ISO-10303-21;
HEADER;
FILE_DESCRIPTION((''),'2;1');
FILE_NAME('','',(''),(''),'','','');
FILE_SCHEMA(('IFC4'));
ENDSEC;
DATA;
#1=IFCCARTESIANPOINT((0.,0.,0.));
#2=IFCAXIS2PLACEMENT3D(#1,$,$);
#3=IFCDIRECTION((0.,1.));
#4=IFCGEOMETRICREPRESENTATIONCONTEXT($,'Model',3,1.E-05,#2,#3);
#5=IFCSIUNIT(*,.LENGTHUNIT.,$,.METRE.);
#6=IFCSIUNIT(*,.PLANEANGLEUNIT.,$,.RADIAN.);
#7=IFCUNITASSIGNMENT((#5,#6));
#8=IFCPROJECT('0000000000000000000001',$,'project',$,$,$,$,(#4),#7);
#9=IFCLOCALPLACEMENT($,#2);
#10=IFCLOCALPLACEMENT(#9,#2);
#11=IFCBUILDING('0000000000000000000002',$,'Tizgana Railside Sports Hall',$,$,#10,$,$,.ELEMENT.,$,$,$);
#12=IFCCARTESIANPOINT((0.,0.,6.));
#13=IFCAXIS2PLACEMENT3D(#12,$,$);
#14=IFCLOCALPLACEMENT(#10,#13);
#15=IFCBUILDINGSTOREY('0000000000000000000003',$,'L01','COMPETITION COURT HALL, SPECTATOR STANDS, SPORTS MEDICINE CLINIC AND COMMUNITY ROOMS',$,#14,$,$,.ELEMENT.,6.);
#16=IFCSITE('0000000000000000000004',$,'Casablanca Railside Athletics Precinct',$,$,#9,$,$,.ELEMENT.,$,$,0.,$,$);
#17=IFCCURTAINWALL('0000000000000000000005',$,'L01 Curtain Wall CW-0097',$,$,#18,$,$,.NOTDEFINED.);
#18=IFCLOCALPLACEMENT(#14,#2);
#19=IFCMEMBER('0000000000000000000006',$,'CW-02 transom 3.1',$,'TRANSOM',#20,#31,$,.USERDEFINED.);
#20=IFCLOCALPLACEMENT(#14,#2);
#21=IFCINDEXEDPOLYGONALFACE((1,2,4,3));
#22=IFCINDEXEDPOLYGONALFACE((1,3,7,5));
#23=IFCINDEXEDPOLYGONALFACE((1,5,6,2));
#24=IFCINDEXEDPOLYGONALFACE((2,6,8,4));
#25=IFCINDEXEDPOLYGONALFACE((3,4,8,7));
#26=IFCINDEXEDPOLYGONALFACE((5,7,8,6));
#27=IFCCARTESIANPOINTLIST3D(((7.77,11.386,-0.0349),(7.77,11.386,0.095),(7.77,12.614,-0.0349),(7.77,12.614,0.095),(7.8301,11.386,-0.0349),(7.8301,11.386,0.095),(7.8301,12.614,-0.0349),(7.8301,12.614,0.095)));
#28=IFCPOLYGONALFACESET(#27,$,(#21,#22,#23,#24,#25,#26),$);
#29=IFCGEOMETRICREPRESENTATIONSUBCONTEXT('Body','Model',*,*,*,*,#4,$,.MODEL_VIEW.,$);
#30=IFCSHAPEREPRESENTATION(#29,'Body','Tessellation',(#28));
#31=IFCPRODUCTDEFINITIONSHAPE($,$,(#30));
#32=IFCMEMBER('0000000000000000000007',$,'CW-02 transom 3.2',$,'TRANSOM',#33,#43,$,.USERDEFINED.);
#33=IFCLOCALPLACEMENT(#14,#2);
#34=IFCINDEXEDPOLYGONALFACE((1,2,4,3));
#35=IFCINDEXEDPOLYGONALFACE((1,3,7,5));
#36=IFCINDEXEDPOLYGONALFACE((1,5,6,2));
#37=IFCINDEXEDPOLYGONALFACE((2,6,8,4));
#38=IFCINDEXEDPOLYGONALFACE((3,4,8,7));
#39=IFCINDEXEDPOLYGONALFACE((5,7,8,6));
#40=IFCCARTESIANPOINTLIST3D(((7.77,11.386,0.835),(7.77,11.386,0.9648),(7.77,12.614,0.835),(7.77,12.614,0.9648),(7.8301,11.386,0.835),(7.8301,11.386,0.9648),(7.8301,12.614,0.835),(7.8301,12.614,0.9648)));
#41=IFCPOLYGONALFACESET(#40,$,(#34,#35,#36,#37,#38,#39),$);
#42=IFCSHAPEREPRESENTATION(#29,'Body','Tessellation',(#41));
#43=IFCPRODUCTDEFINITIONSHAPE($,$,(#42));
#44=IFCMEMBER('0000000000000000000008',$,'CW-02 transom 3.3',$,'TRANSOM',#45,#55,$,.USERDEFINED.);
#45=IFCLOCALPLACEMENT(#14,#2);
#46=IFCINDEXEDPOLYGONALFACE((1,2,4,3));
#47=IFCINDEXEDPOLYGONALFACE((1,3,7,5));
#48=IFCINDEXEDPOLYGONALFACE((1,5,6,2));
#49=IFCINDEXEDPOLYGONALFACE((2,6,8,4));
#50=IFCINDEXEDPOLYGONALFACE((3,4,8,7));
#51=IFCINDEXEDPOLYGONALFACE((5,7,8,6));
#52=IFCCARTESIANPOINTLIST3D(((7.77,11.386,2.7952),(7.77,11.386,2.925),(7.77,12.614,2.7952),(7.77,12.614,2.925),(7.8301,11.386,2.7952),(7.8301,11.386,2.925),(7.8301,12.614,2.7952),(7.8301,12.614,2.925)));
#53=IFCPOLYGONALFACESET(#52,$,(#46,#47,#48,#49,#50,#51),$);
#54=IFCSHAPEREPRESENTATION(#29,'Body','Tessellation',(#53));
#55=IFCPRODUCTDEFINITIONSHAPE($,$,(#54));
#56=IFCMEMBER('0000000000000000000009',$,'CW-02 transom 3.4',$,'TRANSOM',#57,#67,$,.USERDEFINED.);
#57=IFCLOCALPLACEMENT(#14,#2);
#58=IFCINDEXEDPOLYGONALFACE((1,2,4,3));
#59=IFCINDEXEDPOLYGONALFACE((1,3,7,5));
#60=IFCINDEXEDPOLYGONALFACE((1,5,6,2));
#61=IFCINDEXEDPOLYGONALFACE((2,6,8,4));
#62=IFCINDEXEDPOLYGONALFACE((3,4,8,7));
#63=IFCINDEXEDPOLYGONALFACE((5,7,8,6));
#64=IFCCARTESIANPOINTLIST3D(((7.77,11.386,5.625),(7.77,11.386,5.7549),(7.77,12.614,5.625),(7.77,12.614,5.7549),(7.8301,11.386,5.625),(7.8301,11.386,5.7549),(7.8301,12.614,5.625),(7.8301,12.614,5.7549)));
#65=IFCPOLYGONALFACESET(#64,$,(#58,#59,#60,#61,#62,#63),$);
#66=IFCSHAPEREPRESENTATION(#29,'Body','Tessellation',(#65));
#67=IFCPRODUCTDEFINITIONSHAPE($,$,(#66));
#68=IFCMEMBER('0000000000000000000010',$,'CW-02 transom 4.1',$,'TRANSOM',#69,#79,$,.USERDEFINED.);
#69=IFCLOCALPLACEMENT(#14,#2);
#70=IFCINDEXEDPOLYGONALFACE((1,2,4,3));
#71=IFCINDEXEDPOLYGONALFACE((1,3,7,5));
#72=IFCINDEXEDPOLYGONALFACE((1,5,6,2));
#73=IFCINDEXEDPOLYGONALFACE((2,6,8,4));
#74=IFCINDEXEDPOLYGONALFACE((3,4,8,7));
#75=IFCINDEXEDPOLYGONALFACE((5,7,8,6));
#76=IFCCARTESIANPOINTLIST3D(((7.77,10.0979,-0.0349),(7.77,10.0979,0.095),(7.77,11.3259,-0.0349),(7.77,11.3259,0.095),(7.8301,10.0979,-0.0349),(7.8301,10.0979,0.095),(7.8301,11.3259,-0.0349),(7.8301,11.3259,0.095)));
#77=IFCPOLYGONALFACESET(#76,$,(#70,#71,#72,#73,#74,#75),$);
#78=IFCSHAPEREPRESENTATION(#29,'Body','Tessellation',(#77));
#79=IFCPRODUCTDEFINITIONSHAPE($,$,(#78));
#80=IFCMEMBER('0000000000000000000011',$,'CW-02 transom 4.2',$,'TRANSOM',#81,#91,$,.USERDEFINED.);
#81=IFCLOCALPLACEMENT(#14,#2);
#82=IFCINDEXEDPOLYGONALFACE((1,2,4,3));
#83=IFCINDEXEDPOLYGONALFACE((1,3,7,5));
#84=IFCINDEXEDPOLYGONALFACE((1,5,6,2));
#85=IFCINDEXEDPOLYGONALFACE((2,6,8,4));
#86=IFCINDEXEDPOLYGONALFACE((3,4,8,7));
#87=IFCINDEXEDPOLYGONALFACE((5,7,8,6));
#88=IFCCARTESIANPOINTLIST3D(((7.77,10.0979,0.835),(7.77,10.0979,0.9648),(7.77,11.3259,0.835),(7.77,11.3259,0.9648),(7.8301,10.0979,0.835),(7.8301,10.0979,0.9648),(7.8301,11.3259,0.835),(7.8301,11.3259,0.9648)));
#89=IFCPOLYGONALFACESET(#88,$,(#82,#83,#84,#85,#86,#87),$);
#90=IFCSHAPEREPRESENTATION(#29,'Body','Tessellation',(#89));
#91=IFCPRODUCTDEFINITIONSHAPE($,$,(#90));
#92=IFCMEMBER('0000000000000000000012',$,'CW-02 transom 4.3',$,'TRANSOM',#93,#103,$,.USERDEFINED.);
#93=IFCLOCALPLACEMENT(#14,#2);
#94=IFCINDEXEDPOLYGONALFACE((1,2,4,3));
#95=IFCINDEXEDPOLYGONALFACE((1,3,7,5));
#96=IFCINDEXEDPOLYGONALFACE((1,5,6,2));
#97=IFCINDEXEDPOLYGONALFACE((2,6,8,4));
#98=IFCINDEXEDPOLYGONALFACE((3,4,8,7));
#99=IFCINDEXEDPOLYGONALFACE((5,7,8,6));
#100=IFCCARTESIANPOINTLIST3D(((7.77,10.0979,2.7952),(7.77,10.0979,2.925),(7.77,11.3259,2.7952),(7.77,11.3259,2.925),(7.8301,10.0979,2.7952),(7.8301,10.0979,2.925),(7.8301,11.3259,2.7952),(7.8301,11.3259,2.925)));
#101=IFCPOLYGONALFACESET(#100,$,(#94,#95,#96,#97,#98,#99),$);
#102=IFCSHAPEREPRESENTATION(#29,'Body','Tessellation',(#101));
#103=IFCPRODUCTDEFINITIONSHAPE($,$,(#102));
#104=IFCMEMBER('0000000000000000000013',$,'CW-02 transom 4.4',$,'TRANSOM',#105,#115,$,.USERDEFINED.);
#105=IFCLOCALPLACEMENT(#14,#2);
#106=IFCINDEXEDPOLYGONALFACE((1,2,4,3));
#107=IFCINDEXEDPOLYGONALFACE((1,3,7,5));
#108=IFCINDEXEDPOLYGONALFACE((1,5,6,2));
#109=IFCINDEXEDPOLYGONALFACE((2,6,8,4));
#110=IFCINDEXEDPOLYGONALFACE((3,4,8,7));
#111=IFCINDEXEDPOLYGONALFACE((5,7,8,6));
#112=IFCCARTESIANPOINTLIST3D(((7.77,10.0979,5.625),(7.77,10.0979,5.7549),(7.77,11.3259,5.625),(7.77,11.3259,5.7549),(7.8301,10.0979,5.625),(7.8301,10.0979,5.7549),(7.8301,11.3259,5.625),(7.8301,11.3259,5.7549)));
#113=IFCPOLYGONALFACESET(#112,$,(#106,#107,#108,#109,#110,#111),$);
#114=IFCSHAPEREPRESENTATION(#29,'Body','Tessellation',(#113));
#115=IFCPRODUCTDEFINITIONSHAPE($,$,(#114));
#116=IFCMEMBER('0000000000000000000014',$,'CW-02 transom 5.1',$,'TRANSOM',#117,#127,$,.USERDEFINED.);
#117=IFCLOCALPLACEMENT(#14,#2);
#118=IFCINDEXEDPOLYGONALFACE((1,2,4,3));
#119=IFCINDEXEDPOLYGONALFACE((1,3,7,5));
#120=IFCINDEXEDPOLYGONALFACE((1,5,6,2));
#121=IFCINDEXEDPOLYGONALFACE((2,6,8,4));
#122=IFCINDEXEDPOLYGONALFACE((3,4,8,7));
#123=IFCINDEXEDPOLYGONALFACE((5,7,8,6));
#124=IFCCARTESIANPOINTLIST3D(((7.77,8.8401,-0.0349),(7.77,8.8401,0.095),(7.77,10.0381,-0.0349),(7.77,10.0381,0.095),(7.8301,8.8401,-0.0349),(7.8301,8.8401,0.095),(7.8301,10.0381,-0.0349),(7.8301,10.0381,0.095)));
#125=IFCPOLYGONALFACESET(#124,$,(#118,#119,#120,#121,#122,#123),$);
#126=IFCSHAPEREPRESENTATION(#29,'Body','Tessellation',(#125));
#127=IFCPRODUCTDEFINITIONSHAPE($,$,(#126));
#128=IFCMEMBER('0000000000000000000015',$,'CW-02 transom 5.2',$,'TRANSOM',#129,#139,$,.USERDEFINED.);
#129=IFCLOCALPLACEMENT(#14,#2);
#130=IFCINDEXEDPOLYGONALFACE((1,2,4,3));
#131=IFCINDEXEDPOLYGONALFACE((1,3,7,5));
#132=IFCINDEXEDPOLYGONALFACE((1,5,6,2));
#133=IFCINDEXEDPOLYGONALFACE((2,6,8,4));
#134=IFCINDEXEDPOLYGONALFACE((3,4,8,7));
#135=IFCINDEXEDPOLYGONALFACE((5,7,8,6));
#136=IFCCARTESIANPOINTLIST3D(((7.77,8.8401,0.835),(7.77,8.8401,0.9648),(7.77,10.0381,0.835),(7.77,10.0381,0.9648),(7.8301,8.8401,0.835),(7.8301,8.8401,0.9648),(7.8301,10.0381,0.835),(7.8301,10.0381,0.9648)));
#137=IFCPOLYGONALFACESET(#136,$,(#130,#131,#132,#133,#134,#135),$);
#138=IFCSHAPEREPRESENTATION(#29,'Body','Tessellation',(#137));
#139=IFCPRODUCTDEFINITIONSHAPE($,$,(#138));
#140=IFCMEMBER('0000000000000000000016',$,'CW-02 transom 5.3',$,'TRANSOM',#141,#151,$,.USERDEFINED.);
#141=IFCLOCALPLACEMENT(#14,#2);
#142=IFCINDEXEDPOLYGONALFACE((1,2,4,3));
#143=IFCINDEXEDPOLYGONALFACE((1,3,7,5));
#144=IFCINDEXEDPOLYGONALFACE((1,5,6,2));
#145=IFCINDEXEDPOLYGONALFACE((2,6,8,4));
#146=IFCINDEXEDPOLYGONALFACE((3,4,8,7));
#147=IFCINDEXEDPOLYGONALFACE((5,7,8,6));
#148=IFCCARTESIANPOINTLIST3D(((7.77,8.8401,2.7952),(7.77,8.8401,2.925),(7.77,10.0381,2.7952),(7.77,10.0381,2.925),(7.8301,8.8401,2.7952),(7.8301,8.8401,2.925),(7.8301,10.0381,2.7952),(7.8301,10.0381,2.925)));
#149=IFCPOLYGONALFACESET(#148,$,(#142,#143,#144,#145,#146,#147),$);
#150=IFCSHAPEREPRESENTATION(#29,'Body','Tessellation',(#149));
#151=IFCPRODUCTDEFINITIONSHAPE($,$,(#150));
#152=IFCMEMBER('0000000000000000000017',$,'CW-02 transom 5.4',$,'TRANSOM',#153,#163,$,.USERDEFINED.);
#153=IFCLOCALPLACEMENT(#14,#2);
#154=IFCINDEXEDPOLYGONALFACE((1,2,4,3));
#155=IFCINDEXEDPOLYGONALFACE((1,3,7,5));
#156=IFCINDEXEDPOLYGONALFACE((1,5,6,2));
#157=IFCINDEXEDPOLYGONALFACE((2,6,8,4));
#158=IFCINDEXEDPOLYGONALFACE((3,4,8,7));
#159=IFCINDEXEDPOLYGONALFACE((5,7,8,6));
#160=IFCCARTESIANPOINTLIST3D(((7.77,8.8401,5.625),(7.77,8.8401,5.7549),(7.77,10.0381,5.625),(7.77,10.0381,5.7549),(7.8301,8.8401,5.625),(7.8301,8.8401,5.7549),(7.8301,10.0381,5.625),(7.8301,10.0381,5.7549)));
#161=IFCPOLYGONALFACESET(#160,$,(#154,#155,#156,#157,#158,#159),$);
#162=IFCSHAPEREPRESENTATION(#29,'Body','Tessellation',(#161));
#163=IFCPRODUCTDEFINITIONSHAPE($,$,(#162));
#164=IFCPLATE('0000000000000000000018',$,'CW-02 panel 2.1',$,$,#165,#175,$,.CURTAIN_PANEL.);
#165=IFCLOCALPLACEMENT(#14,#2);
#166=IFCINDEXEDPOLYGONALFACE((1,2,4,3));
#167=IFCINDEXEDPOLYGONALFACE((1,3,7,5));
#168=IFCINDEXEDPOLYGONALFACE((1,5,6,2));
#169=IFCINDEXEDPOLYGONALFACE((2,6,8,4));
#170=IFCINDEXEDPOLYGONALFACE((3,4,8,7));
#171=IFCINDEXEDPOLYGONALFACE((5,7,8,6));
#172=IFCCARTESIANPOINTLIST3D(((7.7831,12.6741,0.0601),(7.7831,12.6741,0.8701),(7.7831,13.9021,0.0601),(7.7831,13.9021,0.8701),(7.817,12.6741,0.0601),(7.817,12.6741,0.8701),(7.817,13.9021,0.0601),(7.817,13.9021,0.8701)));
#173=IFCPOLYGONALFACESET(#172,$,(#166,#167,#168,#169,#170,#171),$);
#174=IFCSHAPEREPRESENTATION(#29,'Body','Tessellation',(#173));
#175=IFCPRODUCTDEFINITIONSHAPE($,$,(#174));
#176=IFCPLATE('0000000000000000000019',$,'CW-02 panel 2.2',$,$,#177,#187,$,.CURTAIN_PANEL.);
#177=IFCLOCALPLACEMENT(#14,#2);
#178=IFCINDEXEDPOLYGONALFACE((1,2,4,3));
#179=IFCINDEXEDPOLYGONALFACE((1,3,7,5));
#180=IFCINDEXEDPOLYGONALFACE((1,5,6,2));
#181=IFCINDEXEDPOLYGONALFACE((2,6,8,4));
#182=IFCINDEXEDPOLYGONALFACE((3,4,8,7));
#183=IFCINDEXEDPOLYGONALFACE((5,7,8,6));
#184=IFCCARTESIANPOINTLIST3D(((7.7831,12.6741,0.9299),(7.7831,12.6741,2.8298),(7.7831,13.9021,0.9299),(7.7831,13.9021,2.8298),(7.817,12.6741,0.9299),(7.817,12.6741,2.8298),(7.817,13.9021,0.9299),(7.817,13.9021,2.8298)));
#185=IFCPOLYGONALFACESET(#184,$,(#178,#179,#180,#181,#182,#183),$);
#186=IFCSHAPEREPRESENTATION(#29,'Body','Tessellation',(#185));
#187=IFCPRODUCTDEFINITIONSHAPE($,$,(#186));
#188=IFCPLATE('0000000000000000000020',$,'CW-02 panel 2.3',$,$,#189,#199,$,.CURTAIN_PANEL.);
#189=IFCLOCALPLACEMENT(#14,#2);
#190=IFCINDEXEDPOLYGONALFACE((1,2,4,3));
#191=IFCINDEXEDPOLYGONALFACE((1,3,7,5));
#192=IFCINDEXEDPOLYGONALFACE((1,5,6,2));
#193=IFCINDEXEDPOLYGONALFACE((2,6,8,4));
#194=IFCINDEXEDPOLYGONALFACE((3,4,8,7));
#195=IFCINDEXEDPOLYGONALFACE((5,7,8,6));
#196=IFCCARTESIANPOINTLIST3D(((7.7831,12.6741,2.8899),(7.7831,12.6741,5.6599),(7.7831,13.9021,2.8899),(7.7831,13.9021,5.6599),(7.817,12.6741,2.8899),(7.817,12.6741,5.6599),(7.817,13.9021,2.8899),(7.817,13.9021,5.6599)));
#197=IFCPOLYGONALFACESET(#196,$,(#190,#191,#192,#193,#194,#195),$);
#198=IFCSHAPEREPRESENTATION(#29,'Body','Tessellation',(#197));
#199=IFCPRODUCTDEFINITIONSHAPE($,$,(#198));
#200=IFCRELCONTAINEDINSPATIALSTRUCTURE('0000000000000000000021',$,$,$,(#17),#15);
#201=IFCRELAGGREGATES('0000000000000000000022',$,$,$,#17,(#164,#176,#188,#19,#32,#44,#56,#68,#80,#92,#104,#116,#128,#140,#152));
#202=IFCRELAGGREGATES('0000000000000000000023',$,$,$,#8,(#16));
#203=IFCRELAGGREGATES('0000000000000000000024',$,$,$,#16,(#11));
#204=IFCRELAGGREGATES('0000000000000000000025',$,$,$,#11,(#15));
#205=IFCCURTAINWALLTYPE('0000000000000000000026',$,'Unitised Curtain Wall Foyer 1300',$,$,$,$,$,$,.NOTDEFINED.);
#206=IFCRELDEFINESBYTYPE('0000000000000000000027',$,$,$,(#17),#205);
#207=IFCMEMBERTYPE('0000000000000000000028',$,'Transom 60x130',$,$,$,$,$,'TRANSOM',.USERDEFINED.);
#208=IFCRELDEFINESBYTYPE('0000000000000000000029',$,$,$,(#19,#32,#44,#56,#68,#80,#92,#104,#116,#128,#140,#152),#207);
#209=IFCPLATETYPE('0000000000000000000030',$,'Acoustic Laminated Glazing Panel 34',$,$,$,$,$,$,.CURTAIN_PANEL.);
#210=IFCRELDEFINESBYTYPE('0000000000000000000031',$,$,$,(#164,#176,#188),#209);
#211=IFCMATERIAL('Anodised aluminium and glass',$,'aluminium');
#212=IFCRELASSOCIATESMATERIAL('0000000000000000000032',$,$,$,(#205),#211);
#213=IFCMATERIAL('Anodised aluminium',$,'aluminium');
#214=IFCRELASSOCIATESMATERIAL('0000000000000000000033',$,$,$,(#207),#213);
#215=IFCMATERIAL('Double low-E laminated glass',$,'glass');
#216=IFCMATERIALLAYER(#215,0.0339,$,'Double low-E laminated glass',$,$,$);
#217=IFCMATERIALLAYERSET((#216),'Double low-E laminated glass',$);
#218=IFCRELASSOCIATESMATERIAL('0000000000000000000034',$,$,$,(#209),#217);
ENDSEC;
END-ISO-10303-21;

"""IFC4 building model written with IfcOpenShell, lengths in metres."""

from ifc_helpers import new_model, si_unit, direction, frame, origin, origin_2d, place, context, subcontext, project, spatial, rectangle, extrude, material, layer, layer_set, material_profile, profile_set, type_object, element, aggregate, save


model = new_model("IFC4")

# Units and contexts
model_context = context("Model", 3, precision=1e-05, world=origin(), true_north=direction((0.0, 1.0)))
body_context = subcontext(model_context, "Body", "Model", "MODEL_VIEW")
ifc_project = project(units=[si_unit("LENGTHUNIT", "METRE"), si_unit("PLANEANGLEUNIT", "RADIAN")], contexts=[model_context])

# Site, building, storey
site_placement = place(None, origin())
site = spatial("IfcSite", under=ifc_project, at=site_placement, Name="Casablanca Railside Athletics Precinct", CompositionType="ELEMENT", RefElevation=0.0)
building_placement = place(site_placement, origin())
building = spatial("IfcBuilding", under=site, at=building_placement, Name="Tizgana Railside Sports Hall", CompositionType="ELEMENT")
storey_placement = place(building_placement, frame((0.0, 0.0, 6.0)))
storey = spatial("IfcBuildingStorey", under=building, at=storey_placement, Name="L01", Description="COMPETITION COURT HALL, SPECTATOR STANDS, SPORTS MEDICINE CLINIC AND COMMUNITY ROOMS", CompositionType="ELEMENT", Elevation=6.0)

# Curtain wall
ifc_material_1 = material(Name="Anodised aluminium and glass", Category="aluminium")
curtain_wall_type = type_object("IfcCurtainWallType", Name="Unitised Curtain Wall Foyer 1300", PredefinedType="NOTDEFINED", material=ifc_material_1)
curtain_wall_placement = place(storey_placement, origin())
curtain_wall = element("IfcCurtainWall", 1, at=curtain_wall_placement, inside=storey, type_object=curtain_wall_type, Name="L01 Curtain Wall CW-0097", PredefinedType="NOTDEFINED")
ifc_material_2 = material(Name="Anodised aluminium", Category="aluminium")

# Members
ifc_material_profile_1 = material_profile(ifc_material_2, rectangle(XDim=0.0601, YDim=0.1299, at=origin_2d()), Name="Transom 60x130")
ifc_profile_set_1 = profile_set([ifc_material_profile_1], Name="Anodised aluminium")
member_type_1 = type_object("IfcMemberType", Name="Transom 60x130", ElementType="TRANSOM", PredefinedType="USERDEFINED", material=ifc_profile_set_1)
member_1_placement = place(storey_placement, frame((7.8, 12.614, 0.03), z_axis=(0.0, -1.0, 0.0), x_axis=(1.0, 0.0, 0.0)))
member_1 = element("IfcMember", 2, at=member_1_placement, type_object=member_type_1, Name="CW-02 transom 3.1", ObjectType="TRANSOM", PredefinedType="USERDEFINED", context=body_context, shape_type="SweptSolid", body=[
    extrude(rectangle(XDim=0.0601, YDim=0.1299, at=origin_2d()), origin(), (0.0, 0.0, 1.0), 1.228),
])
member_2_placement = place(storey_placement, frame((7.8, 12.614, 0.8999), z_axis=(0.0, -1.0, 0.0), x_axis=(1.0, 0.0, 0.0)))
member_2 = element("IfcMember", 3, at=member_2_placement, type_object=member_type_1, Name="CW-02 transom 3.2", ObjectType="TRANSOM", PredefinedType="USERDEFINED", context=body_context, shape_type="SweptSolid", body=[
    extrude(rectangle(XDim=0.0601, YDim=0.1299, at=origin_2d()), origin(), (0.0, 0.0, 1.0), 1.228),
])
member_3_placement = place(storey_placement, frame((7.8, 12.614, 2.8601), z_axis=(0.0, -1.0, 0.0), x_axis=(1.0, 0.0, 0.0)))
member_3 = element("IfcMember", 4, at=member_3_placement, type_object=member_type_1, Name="CW-02 transom 3.3", ObjectType="TRANSOM", PredefinedType="USERDEFINED", context=body_context, shape_type="SweptSolid", body=[
    extrude(rectangle(XDim=0.0601, YDim=0.1299, at=origin_2d()), origin(), (0.0, 0.0, 1.0), 1.228),
])
member_4_placement = place(storey_placement, frame((7.8, 12.614, 5.6899), z_axis=(0.0, -1.0, 0.0), x_axis=(1.0, 0.0, 0.0)))
member_4 = element("IfcMember", 5, at=member_4_placement, type_object=member_type_1, Name="CW-02 transom 3.4", ObjectType="TRANSOM", PredefinedType="USERDEFINED", context=body_context, shape_type="SweptSolid", body=[
    extrude(rectangle(XDim=0.0601, YDim=0.1299, at=origin_2d()), origin(), (0.0, 0.0, 1.0), 1.228),
])
member_5_placement = place(storey_placement, frame((7.8, 11.3259, 0.03), z_axis=(0.0, -1.0, 0.0), x_axis=(1.0, 0.0, 0.0)))
member_5 = element("IfcMember", 6, at=member_5_placement, type_object=member_type_1, Name="CW-02 transom 4.1", ObjectType="TRANSOM", PredefinedType="USERDEFINED", context=body_context, shape_type="SweptSolid", body=[
    extrude(rectangle(XDim=0.0601, YDim=0.1299, at=origin_2d()), origin(), (0.0, 0.0, 1.0), 1.228),
])
member_6_placement = place(storey_placement, frame((7.8, 11.3259, 0.8999), z_axis=(0.0, -1.0, 0.0), x_axis=(1.0, 0.0, 0.0)))
member_6 = element("IfcMember", 7, at=member_6_placement, type_object=member_type_1, Name="CW-02 transom 4.2", ObjectType="TRANSOM", PredefinedType="USERDEFINED", context=body_context, shape_type="SweptSolid", body=[
    extrude(rectangle(XDim=0.0601, YDim=0.1299, at=origin_2d()), origin(), (0.0, 0.0, 1.0), 1.228),
])
member_7_placement = place(storey_placement, frame((7.8, 11.3259, 2.8601), z_axis=(0.0, -1.0, 0.0), x_axis=(1.0, 0.0, 0.0)))
member_7 = element("IfcMember", 8, at=member_7_placement, type_object=member_type_1, Name="CW-02 transom 4.3", ObjectType="TRANSOM", PredefinedType="USERDEFINED", context=body_context, shape_type="SweptSolid", body=[
    extrude(rectangle(XDim=0.0601, YDim=0.1299, at=origin_2d()), origin(), (0.0, 0.0, 1.0), 1.228),
])
member_8_placement = place(storey_placement, frame((7.8, 11.3259, 5.6899), z_axis=(0.0, -1.0, 0.0), x_axis=(1.0, 0.0, 0.0)))
member_8 = element("IfcMember", 9, at=member_8_placement, type_object=member_type_1, Name="CW-02 transom 4.4", ObjectType="TRANSOM", PredefinedType="USERDEFINED", context=body_context, shape_type="SweptSolid", body=[
    extrude(rectangle(XDim=0.0601, YDim=0.1299, at=origin_2d()), origin(), (0.0, 0.0, 1.0), 1.228),
])
member_9_placement = place(storey_placement, frame((7.8, 10.0381, 0.03), z_axis=(0.0, -1.0, 0.0), x_axis=(1.0, 0.0, 0.0)))
member_9 = element("IfcMember", 10, at=member_9_placement, type_object=member_type_1, Name="CW-02 transom 5.1", ObjectType="TRANSOM", PredefinedType="USERDEFINED", context=body_context, shape_type="SweptSolid", body=[
    extrude(rectangle(XDim=0.0601, YDim=0.1299, at=origin_2d()), origin(), (0.0, 0.0, 1.0), 1.198),
])
member_10_placement = place(storey_placement, frame((7.8, 10.0381, 0.8999), z_axis=(0.0, -1.0, 0.0), x_axis=(1.0, 0.0, 0.0)))
member_10 = element("IfcMember", 11, at=member_10_placement, type_object=member_type_1, Name="CW-02 transom 5.2", ObjectType="TRANSOM", PredefinedType="USERDEFINED", context=body_context, shape_type="SweptSolid", body=[
    extrude(rectangle(XDim=0.0601, YDim=0.1299, at=origin_2d()), origin(), (0.0, 0.0, 1.0), 1.198),
])
member_11_placement = place(storey_placement, frame((7.8, 10.0381, 2.8601), z_axis=(0.0, -1.0, 0.0), x_axis=(1.0, 0.0, 0.0)))
member_11 = element("IfcMember", 12, at=member_11_placement, type_object=member_type_1, Name="CW-02 transom 5.3", ObjectType="TRANSOM", PredefinedType="USERDEFINED", context=body_context, shape_type="SweptSolid", body=[
    extrude(rectangle(XDim=0.0601, YDim=0.1299, at=origin_2d()), origin(), (0.0, 0.0, 1.0), 1.198),
])
member_12_placement = place(storey_placement, frame((7.8, 10.0381, 5.6899), z_axis=(0.0, -1.0, 0.0), x_axis=(1.0, 0.0, 0.0)))
member_12 = element("IfcMember", 13, at=member_12_placement, type_object=member_type_1, Name="CW-02 transom 5.4", ObjectType="TRANSOM", PredefinedType="USERDEFINED", context=body_context, shape_type="SweptSolid", body=[
    extrude(rectangle(XDim=0.0601, YDim=0.1299, at=origin_2d()), origin(), (0.0, 0.0, 1.0), 1.198),
])

# Plates
ifc_material_3 = material(Name="Double low-E laminated glass", Category="glass")
ifc_layer = layer(ifc_material_3, 0.0339, Name="Double low-E laminated glass")
ifc_layer_set = layer_set([ifc_layer], Name="Double low-E laminated glass")
plate_type = type_object("IfcPlateType", Name="Acoustic Laminated Glazing Panel 34", PredefinedType="CURTAIN_PANEL", material=ifc_layer_set)
plate_1_placement = place(storey_placement, frame((7.8, 13.2881, 0.0601), z_axis=(0.0, 0.0, 1.0), x_axis=(0.0, -1.0, 0.0)))
plate_1 = element("IfcPlate", 14, at=plate_1_placement, type_object=plate_type, Name="CW-02 panel 2.1", PredefinedType="CURTAIN_PANEL", context=body_context, shape_type="SweptSolid", body=[
    extrude(rectangle(XDim=1.228, YDim=0.0339, at=origin_2d()), origin(), (0.0, 0.0, 1.0), 0.8101),
])
plate_2_placement = place(storey_placement, frame((7.8, 13.2881, 0.9299), z_axis=(0.0, 0.0, 1.0), x_axis=(0.0, -1.0, 0.0)))
plate_2 = element("IfcPlate", 15, at=plate_2_placement, type_object=plate_type, Name="CW-02 panel 2.2", PredefinedType="CURTAIN_PANEL", context=body_context, shape_type="SweptSolid", body=[
    extrude(rectangle(XDim=1.228, YDim=0.0339, at=origin_2d()), origin(), (0.0, 0.0, 1.0), 1.8999),
])
plate_3_placement = place(storey_placement, frame((7.8, 13.2881, 2.8899), z_axis=(0.0, 0.0, 1.0), x_axis=(0.0, -1.0, 0.0)))
plate_3 = element("IfcPlate", 16, at=plate_3_placement, type_object=plate_type, Name="CW-02 panel 2.3", PredefinedType="CURTAIN_PANEL", context=body_context, shape_type="SweptSolid", body=[
    extrude(rectangle(XDim=1.228, YDim=0.0339, at=origin_2d()), origin(), (0.0, 0.0, 1.0), 2.77),
])
aggregate(curtain_wall, [plate_1, plate_2, plate_3, member_1, member_2, member_3, member_4, member_5, member_6, member_7, member_8, member_9, member_10, member_11, member_12])

save(model, "model.ifc")
